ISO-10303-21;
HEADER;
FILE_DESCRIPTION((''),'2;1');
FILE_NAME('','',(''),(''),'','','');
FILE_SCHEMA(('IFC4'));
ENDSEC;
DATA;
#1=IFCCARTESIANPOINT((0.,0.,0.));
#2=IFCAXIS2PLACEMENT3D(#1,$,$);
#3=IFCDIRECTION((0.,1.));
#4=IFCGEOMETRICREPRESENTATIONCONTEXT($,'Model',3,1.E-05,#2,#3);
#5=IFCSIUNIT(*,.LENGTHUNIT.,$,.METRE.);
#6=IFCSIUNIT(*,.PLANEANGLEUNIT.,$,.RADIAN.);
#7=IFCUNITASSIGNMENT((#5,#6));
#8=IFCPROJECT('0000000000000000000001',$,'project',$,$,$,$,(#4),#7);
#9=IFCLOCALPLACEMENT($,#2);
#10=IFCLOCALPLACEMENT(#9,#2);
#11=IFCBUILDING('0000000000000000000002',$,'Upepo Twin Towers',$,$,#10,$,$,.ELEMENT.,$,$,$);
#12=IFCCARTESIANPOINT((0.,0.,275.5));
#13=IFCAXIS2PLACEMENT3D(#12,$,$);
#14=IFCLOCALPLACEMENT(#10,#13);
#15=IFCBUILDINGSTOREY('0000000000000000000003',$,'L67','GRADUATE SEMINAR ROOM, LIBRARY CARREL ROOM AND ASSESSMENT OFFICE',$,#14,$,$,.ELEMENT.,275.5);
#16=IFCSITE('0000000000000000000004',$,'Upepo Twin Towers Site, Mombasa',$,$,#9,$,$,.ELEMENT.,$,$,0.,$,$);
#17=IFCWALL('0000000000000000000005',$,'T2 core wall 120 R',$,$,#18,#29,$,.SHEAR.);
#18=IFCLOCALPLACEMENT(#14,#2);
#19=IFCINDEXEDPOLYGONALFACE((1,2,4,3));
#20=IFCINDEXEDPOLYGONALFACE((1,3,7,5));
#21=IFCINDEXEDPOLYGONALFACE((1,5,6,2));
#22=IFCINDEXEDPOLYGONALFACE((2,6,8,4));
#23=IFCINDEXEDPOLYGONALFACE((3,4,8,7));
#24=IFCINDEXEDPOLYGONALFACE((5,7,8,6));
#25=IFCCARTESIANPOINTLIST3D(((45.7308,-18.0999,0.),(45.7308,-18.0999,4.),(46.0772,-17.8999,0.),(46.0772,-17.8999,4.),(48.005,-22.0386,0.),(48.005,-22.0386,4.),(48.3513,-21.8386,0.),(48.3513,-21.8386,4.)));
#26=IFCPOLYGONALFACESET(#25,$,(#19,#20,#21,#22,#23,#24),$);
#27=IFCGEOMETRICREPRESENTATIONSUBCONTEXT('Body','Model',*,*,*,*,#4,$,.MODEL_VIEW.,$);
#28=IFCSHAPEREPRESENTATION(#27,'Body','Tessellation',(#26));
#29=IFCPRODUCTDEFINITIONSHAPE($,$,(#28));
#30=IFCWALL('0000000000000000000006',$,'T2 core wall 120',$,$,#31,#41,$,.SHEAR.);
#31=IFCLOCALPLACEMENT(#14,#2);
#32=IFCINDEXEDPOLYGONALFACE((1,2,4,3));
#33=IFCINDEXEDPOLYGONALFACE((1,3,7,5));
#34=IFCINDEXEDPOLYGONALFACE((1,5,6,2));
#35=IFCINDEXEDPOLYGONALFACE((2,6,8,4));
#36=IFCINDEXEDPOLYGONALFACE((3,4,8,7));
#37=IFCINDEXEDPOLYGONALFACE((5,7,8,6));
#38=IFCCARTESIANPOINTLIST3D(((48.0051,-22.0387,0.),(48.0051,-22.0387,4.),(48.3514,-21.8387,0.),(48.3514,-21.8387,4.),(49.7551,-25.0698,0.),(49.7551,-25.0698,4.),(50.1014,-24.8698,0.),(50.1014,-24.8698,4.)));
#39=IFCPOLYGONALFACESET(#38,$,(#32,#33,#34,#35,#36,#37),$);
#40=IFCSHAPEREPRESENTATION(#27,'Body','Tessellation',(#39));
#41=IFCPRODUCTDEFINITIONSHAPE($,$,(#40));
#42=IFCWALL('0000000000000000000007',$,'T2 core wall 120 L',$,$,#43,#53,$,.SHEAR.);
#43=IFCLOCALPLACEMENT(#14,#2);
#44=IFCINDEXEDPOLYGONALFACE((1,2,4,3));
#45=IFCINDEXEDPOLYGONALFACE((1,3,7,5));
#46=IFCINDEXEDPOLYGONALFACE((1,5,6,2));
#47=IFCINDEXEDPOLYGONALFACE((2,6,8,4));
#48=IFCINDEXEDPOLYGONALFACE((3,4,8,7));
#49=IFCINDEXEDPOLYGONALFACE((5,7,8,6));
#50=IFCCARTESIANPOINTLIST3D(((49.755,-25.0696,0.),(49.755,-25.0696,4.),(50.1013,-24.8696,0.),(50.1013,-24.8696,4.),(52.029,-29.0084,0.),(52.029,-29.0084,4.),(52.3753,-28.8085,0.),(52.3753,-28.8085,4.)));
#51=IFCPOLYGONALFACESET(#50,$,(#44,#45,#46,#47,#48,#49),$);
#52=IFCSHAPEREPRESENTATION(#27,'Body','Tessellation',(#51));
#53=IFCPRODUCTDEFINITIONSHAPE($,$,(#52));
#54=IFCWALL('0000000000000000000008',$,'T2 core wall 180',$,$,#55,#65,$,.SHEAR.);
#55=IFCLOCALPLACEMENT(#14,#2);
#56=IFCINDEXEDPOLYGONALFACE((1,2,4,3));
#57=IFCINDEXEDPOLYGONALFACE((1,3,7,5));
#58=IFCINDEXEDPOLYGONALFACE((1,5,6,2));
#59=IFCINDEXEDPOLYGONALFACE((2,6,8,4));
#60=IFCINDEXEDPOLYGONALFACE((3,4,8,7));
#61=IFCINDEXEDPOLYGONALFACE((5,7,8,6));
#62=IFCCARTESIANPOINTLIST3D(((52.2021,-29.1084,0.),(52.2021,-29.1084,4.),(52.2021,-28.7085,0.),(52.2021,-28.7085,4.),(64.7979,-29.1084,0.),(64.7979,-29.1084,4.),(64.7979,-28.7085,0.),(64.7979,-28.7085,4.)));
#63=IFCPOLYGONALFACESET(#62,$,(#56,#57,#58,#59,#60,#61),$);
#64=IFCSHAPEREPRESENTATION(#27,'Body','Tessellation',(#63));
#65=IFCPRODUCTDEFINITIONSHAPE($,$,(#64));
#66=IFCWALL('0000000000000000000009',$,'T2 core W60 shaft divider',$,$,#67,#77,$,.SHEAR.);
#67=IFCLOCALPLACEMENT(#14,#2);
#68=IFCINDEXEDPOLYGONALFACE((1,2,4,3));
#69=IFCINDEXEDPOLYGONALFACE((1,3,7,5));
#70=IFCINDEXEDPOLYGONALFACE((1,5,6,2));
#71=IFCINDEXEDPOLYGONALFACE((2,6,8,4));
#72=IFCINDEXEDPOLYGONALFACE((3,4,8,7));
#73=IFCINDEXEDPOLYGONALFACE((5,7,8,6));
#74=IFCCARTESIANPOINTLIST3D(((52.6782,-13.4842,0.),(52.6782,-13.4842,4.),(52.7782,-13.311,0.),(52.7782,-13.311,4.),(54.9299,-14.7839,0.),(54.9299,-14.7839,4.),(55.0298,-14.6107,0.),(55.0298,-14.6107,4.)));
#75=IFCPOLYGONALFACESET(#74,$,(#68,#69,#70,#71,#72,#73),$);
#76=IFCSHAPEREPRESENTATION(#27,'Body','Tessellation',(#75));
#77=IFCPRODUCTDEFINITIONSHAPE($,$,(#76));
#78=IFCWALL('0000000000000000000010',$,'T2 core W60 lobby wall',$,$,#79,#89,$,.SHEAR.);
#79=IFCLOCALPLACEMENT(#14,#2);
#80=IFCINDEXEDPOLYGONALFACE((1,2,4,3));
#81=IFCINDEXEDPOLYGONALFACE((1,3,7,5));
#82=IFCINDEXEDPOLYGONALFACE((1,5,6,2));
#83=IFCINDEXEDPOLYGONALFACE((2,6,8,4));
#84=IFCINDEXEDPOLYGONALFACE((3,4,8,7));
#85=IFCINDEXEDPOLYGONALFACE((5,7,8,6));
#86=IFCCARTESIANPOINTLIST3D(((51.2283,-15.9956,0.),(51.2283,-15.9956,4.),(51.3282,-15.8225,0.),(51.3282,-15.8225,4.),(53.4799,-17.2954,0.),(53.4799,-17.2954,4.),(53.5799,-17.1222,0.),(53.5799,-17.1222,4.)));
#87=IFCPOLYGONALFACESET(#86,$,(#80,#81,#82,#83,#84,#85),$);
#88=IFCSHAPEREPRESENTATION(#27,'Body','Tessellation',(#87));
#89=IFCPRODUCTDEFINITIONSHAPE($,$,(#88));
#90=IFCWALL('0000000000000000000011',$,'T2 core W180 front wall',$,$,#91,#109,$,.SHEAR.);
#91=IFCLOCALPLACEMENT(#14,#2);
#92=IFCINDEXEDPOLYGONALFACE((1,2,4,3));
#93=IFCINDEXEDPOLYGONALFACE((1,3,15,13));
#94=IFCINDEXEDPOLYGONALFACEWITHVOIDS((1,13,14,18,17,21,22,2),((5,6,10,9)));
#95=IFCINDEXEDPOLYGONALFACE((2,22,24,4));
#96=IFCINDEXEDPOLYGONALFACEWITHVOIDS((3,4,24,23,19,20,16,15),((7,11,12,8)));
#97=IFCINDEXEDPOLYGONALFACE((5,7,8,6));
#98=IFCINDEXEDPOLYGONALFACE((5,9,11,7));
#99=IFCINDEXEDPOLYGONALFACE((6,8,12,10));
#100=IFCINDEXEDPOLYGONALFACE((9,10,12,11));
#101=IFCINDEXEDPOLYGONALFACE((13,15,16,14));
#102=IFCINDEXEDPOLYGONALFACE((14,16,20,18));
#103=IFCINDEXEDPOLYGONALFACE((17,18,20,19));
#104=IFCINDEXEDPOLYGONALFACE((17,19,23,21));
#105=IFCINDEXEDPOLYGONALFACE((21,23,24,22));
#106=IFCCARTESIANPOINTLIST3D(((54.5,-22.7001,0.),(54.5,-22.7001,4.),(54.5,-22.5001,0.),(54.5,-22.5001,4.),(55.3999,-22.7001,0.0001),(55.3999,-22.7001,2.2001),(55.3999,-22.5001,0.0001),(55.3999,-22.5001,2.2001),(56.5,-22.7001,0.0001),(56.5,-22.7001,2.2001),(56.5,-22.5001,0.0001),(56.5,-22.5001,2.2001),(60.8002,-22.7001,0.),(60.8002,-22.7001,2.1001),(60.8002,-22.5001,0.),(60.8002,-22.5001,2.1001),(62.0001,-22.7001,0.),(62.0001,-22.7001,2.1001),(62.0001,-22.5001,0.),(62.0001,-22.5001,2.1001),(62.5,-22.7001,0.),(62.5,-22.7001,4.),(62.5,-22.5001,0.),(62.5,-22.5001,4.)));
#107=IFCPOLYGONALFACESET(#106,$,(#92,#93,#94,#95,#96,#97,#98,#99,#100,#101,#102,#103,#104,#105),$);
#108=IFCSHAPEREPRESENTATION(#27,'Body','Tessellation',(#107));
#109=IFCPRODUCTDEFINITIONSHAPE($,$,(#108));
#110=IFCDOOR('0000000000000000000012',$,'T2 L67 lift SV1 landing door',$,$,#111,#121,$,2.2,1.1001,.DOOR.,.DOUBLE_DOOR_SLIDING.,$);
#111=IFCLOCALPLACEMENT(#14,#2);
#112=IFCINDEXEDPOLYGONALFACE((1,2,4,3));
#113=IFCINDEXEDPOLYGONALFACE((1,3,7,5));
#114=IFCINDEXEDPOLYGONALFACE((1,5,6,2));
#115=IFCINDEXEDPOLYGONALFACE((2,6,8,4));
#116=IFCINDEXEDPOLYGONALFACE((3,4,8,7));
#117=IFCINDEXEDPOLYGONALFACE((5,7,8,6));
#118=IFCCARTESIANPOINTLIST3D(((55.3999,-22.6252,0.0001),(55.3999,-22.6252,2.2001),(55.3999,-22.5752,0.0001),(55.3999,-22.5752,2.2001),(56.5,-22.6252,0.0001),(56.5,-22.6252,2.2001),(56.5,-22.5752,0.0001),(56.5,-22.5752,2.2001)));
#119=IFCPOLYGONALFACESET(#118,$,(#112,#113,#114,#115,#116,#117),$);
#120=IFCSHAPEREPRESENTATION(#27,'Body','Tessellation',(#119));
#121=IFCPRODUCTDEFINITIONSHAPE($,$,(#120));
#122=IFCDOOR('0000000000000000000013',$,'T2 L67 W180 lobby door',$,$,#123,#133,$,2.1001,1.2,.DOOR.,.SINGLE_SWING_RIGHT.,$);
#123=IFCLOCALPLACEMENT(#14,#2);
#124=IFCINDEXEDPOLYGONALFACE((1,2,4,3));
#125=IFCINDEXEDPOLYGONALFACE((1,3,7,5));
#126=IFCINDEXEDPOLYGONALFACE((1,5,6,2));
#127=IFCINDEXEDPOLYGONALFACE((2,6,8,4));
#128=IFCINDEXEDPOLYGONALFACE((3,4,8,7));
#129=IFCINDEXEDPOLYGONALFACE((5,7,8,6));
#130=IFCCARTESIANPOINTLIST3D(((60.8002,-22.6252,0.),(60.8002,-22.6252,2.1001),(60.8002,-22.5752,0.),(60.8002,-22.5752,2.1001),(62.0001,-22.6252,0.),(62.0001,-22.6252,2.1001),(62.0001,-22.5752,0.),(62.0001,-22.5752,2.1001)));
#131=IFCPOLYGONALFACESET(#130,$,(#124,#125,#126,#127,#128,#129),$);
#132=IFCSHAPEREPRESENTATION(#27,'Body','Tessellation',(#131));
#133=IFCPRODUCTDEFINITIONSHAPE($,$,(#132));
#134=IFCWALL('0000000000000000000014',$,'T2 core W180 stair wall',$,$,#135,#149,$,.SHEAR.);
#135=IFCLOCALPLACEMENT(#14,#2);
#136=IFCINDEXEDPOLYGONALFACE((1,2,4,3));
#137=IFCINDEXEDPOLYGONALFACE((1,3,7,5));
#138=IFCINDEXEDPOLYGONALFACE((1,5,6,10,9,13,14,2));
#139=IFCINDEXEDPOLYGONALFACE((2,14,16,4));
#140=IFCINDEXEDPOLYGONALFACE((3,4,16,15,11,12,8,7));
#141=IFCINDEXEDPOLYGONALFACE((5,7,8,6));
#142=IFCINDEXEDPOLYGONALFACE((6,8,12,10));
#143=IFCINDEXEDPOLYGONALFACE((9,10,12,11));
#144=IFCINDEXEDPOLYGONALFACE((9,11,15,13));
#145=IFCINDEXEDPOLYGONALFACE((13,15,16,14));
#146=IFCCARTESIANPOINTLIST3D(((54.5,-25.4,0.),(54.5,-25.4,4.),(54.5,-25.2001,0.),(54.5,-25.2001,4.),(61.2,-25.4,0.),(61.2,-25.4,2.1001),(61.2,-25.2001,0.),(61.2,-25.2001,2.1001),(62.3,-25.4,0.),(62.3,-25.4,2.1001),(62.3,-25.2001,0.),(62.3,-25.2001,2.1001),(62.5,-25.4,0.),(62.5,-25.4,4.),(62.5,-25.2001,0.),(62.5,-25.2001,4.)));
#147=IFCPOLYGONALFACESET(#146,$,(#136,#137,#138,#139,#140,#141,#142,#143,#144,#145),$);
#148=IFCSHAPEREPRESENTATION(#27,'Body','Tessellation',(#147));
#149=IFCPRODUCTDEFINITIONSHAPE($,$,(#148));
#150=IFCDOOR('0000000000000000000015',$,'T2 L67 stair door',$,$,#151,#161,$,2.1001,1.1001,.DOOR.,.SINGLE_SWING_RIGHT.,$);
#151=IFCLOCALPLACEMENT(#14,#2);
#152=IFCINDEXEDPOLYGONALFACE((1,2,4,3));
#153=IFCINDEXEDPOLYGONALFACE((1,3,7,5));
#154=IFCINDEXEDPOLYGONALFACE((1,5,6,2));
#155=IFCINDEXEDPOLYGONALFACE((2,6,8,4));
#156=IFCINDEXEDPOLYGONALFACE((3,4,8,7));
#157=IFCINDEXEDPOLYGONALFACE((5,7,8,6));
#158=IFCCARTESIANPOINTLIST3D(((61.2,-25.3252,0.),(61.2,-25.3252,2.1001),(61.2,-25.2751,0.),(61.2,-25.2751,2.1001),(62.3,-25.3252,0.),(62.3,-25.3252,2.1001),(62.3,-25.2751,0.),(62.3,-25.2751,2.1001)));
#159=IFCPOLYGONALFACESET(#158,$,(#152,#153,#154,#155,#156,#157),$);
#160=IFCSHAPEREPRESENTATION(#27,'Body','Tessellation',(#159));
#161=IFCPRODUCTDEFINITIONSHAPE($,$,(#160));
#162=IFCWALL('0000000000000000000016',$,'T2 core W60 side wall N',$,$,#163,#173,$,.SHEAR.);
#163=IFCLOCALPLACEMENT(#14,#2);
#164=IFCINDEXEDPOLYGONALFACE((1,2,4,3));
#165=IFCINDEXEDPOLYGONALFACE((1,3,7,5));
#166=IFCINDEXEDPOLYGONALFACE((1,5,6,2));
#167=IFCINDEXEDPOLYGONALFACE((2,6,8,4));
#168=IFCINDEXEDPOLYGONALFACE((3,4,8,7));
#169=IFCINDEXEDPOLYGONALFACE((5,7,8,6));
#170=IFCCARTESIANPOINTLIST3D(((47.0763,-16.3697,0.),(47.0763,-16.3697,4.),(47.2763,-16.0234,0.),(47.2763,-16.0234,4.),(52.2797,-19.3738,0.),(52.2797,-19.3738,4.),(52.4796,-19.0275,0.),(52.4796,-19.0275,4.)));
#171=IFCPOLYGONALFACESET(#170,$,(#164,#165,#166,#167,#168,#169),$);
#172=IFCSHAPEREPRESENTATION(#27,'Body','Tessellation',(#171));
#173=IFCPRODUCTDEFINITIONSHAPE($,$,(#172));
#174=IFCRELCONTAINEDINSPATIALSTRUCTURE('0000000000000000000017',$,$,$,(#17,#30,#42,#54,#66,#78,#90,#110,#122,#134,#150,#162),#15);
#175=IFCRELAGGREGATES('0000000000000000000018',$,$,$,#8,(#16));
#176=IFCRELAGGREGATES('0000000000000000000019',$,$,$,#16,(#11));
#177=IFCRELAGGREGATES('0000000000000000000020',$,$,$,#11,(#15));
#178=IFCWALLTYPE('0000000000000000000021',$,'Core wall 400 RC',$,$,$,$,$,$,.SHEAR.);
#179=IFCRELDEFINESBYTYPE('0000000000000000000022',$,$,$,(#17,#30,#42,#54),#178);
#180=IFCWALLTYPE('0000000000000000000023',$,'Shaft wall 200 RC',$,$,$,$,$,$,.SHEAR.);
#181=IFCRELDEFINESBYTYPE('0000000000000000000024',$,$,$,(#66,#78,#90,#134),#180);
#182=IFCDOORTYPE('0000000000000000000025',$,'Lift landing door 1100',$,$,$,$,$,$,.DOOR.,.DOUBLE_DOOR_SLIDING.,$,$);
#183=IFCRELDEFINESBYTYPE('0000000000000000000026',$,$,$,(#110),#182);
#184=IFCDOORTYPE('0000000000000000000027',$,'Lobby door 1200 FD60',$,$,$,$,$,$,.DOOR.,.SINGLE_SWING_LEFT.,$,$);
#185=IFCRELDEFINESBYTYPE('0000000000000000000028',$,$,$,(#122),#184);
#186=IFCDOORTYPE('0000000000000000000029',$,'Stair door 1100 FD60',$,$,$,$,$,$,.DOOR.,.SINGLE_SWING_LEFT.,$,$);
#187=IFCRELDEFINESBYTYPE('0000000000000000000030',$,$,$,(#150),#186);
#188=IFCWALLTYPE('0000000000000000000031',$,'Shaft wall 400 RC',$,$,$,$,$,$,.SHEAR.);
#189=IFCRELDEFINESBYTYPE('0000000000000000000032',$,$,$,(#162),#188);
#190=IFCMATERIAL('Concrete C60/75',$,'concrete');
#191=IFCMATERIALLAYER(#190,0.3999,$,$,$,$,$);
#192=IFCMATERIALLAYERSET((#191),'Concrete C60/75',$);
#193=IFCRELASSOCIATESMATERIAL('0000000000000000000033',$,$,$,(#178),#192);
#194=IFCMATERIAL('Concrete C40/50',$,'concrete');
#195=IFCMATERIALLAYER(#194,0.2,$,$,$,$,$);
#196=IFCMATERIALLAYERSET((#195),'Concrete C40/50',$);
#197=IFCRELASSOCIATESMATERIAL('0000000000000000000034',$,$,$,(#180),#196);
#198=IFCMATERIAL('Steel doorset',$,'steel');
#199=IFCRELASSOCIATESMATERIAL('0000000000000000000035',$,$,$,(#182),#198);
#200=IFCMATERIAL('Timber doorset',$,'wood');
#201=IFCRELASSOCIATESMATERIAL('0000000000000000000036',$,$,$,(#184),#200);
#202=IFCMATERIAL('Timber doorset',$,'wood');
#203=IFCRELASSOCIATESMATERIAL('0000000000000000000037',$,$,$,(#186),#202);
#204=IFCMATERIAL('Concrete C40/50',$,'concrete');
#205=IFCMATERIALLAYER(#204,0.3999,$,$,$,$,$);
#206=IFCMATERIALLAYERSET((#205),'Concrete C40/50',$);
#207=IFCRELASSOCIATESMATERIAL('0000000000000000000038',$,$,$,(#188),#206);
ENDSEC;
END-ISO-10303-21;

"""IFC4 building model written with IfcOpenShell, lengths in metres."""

from ifc_helpers import new_model, si_unit, direction, frame, frame_2d, origin, place, context, subcontext, project, spatial, rectangle, extrude, material, layer, layer_set, type_object, element, fill, save


model = new_model("IFC4")

# Units and contexts
model_context = context("Model", 3, precision=1e-05, world=origin(), true_north=direction((0.0, 1.0)))
body_context = subcontext(model_context, "Body", "Model", "MODEL_VIEW")
ifc_project = project(units=[si_unit("LENGTHUNIT", "METRE"), si_unit("PLANEANGLEUNIT", "RADIAN")], contexts=[model_context])

# Site, building, storey
site_placement = place(None, origin())
site = spatial("IfcSite", under=ifc_project, at=site_placement, Name="Upepo Twin Towers Site, Mombasa", CompositionType="ELEMENT", RefElevation=0.0)
building_placement = place(site_placement, origin())
building = spatial("IfcBuilding", under=site, at=building_placement, Name="Upepo Twin Towers", CompositionType="ELEMENT")
storey_placement = place(building_placement, frame((0.0, 0.0, 275.5)))
storey = spatial("IfcBuildingStorey", under=building, at=storey_placement, Name="L67", Description="GRADUATE SEMINAR ROOM, LIBRARY CARREL ROOM AND ASSESSMENT OFFICE", CompositionType="ELEMENT", Elevation=275.5)

# Walls
ifc_material_1 = material(Name="Concrete C60/75", Category="concrete")
ifc_layer_1 = layer(ifc_material_1, 0.3999)
ifc_layer_set_1 = layer_set([ifc_layer_1], Name="Concrete C60/75")
wall_type_1 = type_object("IfcWallType", Name="Core wall 400 RC", PredefinedType="SHEAR", material=ifc_layer_set_1)
wall_1_placement = place(storey_placement, frame((45.9041, -18.0, 0.0), z_axis=(0.0, 0.0, 1.0), x_axis=(0.500024, -0.866011, 0.0)))
element("IfcWall", 1, at=wall_1_placement, inside=storey, type_object=wall_type_1, Name="T2 core wall 120 R", PredefinedType="SHEAR", context=body_context, shape_type="SweptSolid", body=[
    extrude(rectangle(XDim=4.5481, YDim=0.3999, at=frame_2d((2.2739, 0.0))), origin(), (0.0, 0.0, 1.0), 4.0),
])
wall_2_placement = place(storey_placement, frame((48.1782, -21.9387, 0.0), z_axis=(0.0, 0.0, 1.0), x_axis=(0.50001, -0.866019, 0.0)))
element("IfcWall", 2, at=wall_2_placement, inside=storey, type_object=wall_type_1, Name="T2 core wall 120", PredefinedType="SHEAR", context=body_context, shape_type="SweptSolid", body=[
    extrude(rectangle(XDim=3.5, YDim=0.3999, at=frame_2d((1.75, 0.0))), origin(), (0.0, 0.0, 1.0), 4.0),
])
wall_3_placement = place(storey_placement, frame((49.9282, -24.9697, 0.0), z_axis=(0.0, 0.0, 1.0), x_axis=(0.499984, -0.866035, 0.0)))
element("IfcWall", 3, at=wall_3_placement, inside=storey, type_object=wall_type_1, Name="T2 core wall 120 L", PredefinedType="SHEAR", context=body_context, shape_type="SweptSolid", body=[
    extrude(rectangle(XDim=4.5481, YDim=0.3999, at=frame_2d((2.2739, 0.0))), origin(), (0.0, 0.0, 1.0), 4.0),
])
wall_4_placement = place(storey_placement, frame((52.2021, -28.9084, 0.0), z_axis=(0.0, 0.0, 1.0), x_axis=(1.0, 0.0, 0.0)))
element("IfcWall", 4, at=wall_4_placement, inside=storey, type_object=wall_type_1, Name="T2 core wall 180", PredefinedType="SHEAR", context=body_context, shape_type="SweptSolid", body=[
    extrude(rectangle(XDim=12.5957, YDim=0.3999, at=frame_2d((6.2979, 0.0))), origin(), (0.0, 0.0, 1.0), 4.0),
])
ifc_material_2 = material(Name="Concrete C40/50", Category="concrete")
ifc_layer_2 = layer(ifc_material_2, 0.2)
ifc_layer_set_2 = layer_set([ifc_layer_2], Name="Concrete C40/50")
wall_type_2 = type_object("IfcWallType", Name="Shaft wall 200 RC", PredefinedType="SHEAR", material=ifc_layer_set_2)
for number, where, z_axis, x_axis, name in (
    (5, (54.9797, -14.6973, 0.0), (0.0, 0.0, 1.0), (-0.866062, 0.499937, 0.0), "T2 core W60 shaft divider"),
    (6, (53.5298, -17.2087, 0.0), (0.0, 0.0, 1.0), (-0.866062, 0.499937, 0.0), "T2 core W60 lobby wall"),
):
    element("IfcWall", number, at=place(storey_placement, frame(where, z_axis=z_axis, x_axis=x_axis)), inside=storey, type_object=wall_type_2, Name=name, PredefinedType="SHEAR", context=body_context, shape_type="SweptSolid", body=[
        extrude(rectangle(XDim=2.5999, YDim=0.2, at=frame_2d((1.2998, 0.0))), origin(), (0.0, 0.0, 1.0), 4.0),
    ])

# Wall, openings, doors
wall_5_placement = place(storey_placement, frame((54.5, -22.6001, 0.0), z_axis=(0.0, 0.0, 1.0), x_axis=(1.0, 0.0, 0.0)))
wall_5 = element("IfcWall", 7, at=wall_5_placement, inside=storey, type_object=wall_type_2, Name="T2 core W180 front wall", PredefinedType="SHEAR", context=body_context, shape_type="SweptSolid", body=[
    extrude(rectangle(XDim=8.0, YDim=0.2, at=frame_2d((4.0, 0.0))), origin(), (0.0, 0.0, 1.0), 4.0),
])
opening_1_placement = place(wall_5_placement, frame((6.3, 0.0, 0.0)))
opening_1 = element("IfcOpeningElement", 8, at=opening_1_placement, cuts=wall_5, PredefinedType="OPENING", context=body_context, shape_type="SweptSolid", body=[
    extrude(rectangle(XDim=1.2, YDim=2.1001, at=frame_2d((0.6001, 1.05))), frame((0.0, 0.1099, 0.0), z_axis=(0.0, -1.0, 0.0), x_axis=(1.0, 0.0, 0.0)), (0.0, 0.0, 1.0), 0.22),
])
opening_2_placement = place(wall_5_placement, frame((0.8999, 0.0, 0.0)))
opening_2 = element("IfcOpeningElement", 9, at=opening_2_placement, cuts=wall_5, PredefinedType="OPENING", context=body_context, shape_type="SweptSolid", body=[
    extrude(rectangle(XDim=1.1001, YDim=2.2, at=frame_2d((0.55, 1.1001))), frame((0.0, 0.1099, 0.0), z_axis=(0.0, -1.0, 0.0), x_axis=(1.0, 0.0, 0.0)), (0.0, 0.0, 1.0), 0.22),
])
ifc_material_3 = material(Name="Steel doorset", Category="steel")
door_type_1 = type_object("IfcDoorType", Name="Lift landing door 1100", OperationType="DOUBLE_DOOR_SLIDING", PredefinedType="DOOR", material=ifc_material_3)
door_1_placement = place(opening_2_placement, origin())
door_1 = element("IfcDoor", 10, at=door_1_placement, inside=storey, type_object=door_type_1, Name="T2 L67 lift SV1 landing door", OperationType="DOUBLE_DOOR_SLIDING", OverallHeight=2.2, OverallWidth=1.1001, PredefinedType="DOOR", context=body_context, shape_type="SweptSolid", body=[
    extrude(rectangle(XDim=1.1001, YDim=2.2, at=frame_2d((0.55, 1.1001))), frame((0.0, 0.0249, 0.0), z_axis=(0.0, -1.0, 0.0), x_axis=(1.0, 0.0, 0.0)), (0.0, 0.0, 1.0), 0.05),
])
fill(opening_2, door_1)
ifc_material_4 = material(Name="Timber doorset", Category="wood")
door_type_2 = type_object("IfcDoorType", Name="Lobby door 1200 FD60", OperationType="SINGLE_SWING_LEFT", PredefinedType="DOOR", material=ifc_material_4)
door_2_placement = place(opening_1_placement, origin())
door_2 = element("IfcDoor", 11, at=door_2_placement, inside=storey, type_object=door_type_2, Name="T2 L67 W180 lobby door", OperationType="SINGLE_SWING_RIGHT", OverallHeight=2.1001, OverallWidth=1.2, PredefinedType="DOOR", context=body_context, shape_type="SweptSolid", body=[
    extrude(rectangle(XDim=1.2, YDim=2.1001, at=frame_2d((0.6001, 1.05))), frame((0.0, 0.0249, 0.0), z_axis=(0.0, -1.0, 0.0), x_axis=(1.0, 0.0, 0.0)), (0.0, 0.0, 1.0), 0.05),
])
fill(opening_1, door_2)

# Wall, opening, door
wall_6_placement = place(storey_placement, frame((54.5, -25.3, 0.0), z_axis=(0.0, 0.0, 1.0), x_axis=(1.0, 0.0, 0.0)))
wall_6 = element("IfcWall", 12, at=wall_6_placement, inside=storey, type_object=wall_type_2, Name="T2 core W180 stair wall", PredefinedType="SHEAR", context=body_context, shape_type="SweptSolid", body=[
    extrude(rectangle(XDim=8.0, YDim=0.2, at=frame_2d((4.0, 0.0))), origin(), (0.0, 0.0, 1.0), 4.0),
])
opening_3_placement = place(wall_6_placement, frame((6.7, 0.0, 0.0)))
opening_3 = element("IfcOpeningElement", 13, at=opening_3_placement, cuts=wall_6, PredefinedType="OPENING", context=body_context, shape_type="SweptSolid", body=[
    extrude(rectangle(XDim=1.1001, YDim=2.1001, at=frame_2d((0.55, 1.05))), frame((0.0, 0.1099, 0.0), z_axis=(0.0, -1.0, 0.0), x_axis=(1.0, 0.0, 0.0)), (0.0, 0.0, 1.0), 0.22),
])
ifc_material_5 = material(Name="Timber doorset", Category="wood")
door_type_3 = type_object("IfcDoorType", Name="Stair door 1100 FD60", OperationType="SINGLE_SWING_LEFT", PredefinedType="DOOR", material=ifc_material_5)
door_3_placement = place(opening_3_placement, origin())
door_3 = element("IfcDoor", 14, at=door_3_placement, inside=storey, type_object=door_type_3, Name="T2 L67 stair door", OperationType="SINGLE_SWING_RIGHT", OverallHeight=2.1001, OverallWidth=1.1001, PredefinedType="DOOR", context=body_context, shape_type="SweptSolid", body=[
    extrude(rectangle(XDim=1.1001, YDim=2.1001, at=frame_2d((0.55, 1.05))), frame((0.0, 0.0249, 0.0), z_axis=(0.0, -1.0, 0.0), x_axis=(1.0, 0.0, 0.0)), (0.0, 0.0, 1.0), 0.05),
])
fill(opening_3, door_3)

# Wall
ifc_material_6 = material(Name="Concrete C40/50", Category="concrete")
ifc_layer_3 = layer(ifc_material_6, 0.3999)
ifc_layer_set_3 = layer_set([ifc_layer_3], Name="Concrete C40/50")
wall_type_3 = type_object("IfcWallType", Name="Shaft wall 400 RC", PredefinedType="SHEAR", material=ifc_layer_set_3)
for number, where, z_axis, x_axis, name in (
    (15, (52.3796, -19.2007, 0.0), (0.0, 0.0, 1.0), (-0.866027, 0.499998, 0.0), "T2 core W60 side wall N"),
):
    element("IfcWall", number, at=place(storey_placement, frame(where, z_axis=z_axis, x_axis=x_axis)), inside=storey, type_object=wall_type_3, Name=name, PredefinedType="SHEAR", context=body_context, shape_type="SweptSolid", body=[
        extrude(rectangle(XDim=6.0083, YDim=0.3999, at=frame_2d((3.0042, 0.0))), origin(), (0.0, 0.0, 1.0), 4.0),
    ])

save(model, "model.ifc")
